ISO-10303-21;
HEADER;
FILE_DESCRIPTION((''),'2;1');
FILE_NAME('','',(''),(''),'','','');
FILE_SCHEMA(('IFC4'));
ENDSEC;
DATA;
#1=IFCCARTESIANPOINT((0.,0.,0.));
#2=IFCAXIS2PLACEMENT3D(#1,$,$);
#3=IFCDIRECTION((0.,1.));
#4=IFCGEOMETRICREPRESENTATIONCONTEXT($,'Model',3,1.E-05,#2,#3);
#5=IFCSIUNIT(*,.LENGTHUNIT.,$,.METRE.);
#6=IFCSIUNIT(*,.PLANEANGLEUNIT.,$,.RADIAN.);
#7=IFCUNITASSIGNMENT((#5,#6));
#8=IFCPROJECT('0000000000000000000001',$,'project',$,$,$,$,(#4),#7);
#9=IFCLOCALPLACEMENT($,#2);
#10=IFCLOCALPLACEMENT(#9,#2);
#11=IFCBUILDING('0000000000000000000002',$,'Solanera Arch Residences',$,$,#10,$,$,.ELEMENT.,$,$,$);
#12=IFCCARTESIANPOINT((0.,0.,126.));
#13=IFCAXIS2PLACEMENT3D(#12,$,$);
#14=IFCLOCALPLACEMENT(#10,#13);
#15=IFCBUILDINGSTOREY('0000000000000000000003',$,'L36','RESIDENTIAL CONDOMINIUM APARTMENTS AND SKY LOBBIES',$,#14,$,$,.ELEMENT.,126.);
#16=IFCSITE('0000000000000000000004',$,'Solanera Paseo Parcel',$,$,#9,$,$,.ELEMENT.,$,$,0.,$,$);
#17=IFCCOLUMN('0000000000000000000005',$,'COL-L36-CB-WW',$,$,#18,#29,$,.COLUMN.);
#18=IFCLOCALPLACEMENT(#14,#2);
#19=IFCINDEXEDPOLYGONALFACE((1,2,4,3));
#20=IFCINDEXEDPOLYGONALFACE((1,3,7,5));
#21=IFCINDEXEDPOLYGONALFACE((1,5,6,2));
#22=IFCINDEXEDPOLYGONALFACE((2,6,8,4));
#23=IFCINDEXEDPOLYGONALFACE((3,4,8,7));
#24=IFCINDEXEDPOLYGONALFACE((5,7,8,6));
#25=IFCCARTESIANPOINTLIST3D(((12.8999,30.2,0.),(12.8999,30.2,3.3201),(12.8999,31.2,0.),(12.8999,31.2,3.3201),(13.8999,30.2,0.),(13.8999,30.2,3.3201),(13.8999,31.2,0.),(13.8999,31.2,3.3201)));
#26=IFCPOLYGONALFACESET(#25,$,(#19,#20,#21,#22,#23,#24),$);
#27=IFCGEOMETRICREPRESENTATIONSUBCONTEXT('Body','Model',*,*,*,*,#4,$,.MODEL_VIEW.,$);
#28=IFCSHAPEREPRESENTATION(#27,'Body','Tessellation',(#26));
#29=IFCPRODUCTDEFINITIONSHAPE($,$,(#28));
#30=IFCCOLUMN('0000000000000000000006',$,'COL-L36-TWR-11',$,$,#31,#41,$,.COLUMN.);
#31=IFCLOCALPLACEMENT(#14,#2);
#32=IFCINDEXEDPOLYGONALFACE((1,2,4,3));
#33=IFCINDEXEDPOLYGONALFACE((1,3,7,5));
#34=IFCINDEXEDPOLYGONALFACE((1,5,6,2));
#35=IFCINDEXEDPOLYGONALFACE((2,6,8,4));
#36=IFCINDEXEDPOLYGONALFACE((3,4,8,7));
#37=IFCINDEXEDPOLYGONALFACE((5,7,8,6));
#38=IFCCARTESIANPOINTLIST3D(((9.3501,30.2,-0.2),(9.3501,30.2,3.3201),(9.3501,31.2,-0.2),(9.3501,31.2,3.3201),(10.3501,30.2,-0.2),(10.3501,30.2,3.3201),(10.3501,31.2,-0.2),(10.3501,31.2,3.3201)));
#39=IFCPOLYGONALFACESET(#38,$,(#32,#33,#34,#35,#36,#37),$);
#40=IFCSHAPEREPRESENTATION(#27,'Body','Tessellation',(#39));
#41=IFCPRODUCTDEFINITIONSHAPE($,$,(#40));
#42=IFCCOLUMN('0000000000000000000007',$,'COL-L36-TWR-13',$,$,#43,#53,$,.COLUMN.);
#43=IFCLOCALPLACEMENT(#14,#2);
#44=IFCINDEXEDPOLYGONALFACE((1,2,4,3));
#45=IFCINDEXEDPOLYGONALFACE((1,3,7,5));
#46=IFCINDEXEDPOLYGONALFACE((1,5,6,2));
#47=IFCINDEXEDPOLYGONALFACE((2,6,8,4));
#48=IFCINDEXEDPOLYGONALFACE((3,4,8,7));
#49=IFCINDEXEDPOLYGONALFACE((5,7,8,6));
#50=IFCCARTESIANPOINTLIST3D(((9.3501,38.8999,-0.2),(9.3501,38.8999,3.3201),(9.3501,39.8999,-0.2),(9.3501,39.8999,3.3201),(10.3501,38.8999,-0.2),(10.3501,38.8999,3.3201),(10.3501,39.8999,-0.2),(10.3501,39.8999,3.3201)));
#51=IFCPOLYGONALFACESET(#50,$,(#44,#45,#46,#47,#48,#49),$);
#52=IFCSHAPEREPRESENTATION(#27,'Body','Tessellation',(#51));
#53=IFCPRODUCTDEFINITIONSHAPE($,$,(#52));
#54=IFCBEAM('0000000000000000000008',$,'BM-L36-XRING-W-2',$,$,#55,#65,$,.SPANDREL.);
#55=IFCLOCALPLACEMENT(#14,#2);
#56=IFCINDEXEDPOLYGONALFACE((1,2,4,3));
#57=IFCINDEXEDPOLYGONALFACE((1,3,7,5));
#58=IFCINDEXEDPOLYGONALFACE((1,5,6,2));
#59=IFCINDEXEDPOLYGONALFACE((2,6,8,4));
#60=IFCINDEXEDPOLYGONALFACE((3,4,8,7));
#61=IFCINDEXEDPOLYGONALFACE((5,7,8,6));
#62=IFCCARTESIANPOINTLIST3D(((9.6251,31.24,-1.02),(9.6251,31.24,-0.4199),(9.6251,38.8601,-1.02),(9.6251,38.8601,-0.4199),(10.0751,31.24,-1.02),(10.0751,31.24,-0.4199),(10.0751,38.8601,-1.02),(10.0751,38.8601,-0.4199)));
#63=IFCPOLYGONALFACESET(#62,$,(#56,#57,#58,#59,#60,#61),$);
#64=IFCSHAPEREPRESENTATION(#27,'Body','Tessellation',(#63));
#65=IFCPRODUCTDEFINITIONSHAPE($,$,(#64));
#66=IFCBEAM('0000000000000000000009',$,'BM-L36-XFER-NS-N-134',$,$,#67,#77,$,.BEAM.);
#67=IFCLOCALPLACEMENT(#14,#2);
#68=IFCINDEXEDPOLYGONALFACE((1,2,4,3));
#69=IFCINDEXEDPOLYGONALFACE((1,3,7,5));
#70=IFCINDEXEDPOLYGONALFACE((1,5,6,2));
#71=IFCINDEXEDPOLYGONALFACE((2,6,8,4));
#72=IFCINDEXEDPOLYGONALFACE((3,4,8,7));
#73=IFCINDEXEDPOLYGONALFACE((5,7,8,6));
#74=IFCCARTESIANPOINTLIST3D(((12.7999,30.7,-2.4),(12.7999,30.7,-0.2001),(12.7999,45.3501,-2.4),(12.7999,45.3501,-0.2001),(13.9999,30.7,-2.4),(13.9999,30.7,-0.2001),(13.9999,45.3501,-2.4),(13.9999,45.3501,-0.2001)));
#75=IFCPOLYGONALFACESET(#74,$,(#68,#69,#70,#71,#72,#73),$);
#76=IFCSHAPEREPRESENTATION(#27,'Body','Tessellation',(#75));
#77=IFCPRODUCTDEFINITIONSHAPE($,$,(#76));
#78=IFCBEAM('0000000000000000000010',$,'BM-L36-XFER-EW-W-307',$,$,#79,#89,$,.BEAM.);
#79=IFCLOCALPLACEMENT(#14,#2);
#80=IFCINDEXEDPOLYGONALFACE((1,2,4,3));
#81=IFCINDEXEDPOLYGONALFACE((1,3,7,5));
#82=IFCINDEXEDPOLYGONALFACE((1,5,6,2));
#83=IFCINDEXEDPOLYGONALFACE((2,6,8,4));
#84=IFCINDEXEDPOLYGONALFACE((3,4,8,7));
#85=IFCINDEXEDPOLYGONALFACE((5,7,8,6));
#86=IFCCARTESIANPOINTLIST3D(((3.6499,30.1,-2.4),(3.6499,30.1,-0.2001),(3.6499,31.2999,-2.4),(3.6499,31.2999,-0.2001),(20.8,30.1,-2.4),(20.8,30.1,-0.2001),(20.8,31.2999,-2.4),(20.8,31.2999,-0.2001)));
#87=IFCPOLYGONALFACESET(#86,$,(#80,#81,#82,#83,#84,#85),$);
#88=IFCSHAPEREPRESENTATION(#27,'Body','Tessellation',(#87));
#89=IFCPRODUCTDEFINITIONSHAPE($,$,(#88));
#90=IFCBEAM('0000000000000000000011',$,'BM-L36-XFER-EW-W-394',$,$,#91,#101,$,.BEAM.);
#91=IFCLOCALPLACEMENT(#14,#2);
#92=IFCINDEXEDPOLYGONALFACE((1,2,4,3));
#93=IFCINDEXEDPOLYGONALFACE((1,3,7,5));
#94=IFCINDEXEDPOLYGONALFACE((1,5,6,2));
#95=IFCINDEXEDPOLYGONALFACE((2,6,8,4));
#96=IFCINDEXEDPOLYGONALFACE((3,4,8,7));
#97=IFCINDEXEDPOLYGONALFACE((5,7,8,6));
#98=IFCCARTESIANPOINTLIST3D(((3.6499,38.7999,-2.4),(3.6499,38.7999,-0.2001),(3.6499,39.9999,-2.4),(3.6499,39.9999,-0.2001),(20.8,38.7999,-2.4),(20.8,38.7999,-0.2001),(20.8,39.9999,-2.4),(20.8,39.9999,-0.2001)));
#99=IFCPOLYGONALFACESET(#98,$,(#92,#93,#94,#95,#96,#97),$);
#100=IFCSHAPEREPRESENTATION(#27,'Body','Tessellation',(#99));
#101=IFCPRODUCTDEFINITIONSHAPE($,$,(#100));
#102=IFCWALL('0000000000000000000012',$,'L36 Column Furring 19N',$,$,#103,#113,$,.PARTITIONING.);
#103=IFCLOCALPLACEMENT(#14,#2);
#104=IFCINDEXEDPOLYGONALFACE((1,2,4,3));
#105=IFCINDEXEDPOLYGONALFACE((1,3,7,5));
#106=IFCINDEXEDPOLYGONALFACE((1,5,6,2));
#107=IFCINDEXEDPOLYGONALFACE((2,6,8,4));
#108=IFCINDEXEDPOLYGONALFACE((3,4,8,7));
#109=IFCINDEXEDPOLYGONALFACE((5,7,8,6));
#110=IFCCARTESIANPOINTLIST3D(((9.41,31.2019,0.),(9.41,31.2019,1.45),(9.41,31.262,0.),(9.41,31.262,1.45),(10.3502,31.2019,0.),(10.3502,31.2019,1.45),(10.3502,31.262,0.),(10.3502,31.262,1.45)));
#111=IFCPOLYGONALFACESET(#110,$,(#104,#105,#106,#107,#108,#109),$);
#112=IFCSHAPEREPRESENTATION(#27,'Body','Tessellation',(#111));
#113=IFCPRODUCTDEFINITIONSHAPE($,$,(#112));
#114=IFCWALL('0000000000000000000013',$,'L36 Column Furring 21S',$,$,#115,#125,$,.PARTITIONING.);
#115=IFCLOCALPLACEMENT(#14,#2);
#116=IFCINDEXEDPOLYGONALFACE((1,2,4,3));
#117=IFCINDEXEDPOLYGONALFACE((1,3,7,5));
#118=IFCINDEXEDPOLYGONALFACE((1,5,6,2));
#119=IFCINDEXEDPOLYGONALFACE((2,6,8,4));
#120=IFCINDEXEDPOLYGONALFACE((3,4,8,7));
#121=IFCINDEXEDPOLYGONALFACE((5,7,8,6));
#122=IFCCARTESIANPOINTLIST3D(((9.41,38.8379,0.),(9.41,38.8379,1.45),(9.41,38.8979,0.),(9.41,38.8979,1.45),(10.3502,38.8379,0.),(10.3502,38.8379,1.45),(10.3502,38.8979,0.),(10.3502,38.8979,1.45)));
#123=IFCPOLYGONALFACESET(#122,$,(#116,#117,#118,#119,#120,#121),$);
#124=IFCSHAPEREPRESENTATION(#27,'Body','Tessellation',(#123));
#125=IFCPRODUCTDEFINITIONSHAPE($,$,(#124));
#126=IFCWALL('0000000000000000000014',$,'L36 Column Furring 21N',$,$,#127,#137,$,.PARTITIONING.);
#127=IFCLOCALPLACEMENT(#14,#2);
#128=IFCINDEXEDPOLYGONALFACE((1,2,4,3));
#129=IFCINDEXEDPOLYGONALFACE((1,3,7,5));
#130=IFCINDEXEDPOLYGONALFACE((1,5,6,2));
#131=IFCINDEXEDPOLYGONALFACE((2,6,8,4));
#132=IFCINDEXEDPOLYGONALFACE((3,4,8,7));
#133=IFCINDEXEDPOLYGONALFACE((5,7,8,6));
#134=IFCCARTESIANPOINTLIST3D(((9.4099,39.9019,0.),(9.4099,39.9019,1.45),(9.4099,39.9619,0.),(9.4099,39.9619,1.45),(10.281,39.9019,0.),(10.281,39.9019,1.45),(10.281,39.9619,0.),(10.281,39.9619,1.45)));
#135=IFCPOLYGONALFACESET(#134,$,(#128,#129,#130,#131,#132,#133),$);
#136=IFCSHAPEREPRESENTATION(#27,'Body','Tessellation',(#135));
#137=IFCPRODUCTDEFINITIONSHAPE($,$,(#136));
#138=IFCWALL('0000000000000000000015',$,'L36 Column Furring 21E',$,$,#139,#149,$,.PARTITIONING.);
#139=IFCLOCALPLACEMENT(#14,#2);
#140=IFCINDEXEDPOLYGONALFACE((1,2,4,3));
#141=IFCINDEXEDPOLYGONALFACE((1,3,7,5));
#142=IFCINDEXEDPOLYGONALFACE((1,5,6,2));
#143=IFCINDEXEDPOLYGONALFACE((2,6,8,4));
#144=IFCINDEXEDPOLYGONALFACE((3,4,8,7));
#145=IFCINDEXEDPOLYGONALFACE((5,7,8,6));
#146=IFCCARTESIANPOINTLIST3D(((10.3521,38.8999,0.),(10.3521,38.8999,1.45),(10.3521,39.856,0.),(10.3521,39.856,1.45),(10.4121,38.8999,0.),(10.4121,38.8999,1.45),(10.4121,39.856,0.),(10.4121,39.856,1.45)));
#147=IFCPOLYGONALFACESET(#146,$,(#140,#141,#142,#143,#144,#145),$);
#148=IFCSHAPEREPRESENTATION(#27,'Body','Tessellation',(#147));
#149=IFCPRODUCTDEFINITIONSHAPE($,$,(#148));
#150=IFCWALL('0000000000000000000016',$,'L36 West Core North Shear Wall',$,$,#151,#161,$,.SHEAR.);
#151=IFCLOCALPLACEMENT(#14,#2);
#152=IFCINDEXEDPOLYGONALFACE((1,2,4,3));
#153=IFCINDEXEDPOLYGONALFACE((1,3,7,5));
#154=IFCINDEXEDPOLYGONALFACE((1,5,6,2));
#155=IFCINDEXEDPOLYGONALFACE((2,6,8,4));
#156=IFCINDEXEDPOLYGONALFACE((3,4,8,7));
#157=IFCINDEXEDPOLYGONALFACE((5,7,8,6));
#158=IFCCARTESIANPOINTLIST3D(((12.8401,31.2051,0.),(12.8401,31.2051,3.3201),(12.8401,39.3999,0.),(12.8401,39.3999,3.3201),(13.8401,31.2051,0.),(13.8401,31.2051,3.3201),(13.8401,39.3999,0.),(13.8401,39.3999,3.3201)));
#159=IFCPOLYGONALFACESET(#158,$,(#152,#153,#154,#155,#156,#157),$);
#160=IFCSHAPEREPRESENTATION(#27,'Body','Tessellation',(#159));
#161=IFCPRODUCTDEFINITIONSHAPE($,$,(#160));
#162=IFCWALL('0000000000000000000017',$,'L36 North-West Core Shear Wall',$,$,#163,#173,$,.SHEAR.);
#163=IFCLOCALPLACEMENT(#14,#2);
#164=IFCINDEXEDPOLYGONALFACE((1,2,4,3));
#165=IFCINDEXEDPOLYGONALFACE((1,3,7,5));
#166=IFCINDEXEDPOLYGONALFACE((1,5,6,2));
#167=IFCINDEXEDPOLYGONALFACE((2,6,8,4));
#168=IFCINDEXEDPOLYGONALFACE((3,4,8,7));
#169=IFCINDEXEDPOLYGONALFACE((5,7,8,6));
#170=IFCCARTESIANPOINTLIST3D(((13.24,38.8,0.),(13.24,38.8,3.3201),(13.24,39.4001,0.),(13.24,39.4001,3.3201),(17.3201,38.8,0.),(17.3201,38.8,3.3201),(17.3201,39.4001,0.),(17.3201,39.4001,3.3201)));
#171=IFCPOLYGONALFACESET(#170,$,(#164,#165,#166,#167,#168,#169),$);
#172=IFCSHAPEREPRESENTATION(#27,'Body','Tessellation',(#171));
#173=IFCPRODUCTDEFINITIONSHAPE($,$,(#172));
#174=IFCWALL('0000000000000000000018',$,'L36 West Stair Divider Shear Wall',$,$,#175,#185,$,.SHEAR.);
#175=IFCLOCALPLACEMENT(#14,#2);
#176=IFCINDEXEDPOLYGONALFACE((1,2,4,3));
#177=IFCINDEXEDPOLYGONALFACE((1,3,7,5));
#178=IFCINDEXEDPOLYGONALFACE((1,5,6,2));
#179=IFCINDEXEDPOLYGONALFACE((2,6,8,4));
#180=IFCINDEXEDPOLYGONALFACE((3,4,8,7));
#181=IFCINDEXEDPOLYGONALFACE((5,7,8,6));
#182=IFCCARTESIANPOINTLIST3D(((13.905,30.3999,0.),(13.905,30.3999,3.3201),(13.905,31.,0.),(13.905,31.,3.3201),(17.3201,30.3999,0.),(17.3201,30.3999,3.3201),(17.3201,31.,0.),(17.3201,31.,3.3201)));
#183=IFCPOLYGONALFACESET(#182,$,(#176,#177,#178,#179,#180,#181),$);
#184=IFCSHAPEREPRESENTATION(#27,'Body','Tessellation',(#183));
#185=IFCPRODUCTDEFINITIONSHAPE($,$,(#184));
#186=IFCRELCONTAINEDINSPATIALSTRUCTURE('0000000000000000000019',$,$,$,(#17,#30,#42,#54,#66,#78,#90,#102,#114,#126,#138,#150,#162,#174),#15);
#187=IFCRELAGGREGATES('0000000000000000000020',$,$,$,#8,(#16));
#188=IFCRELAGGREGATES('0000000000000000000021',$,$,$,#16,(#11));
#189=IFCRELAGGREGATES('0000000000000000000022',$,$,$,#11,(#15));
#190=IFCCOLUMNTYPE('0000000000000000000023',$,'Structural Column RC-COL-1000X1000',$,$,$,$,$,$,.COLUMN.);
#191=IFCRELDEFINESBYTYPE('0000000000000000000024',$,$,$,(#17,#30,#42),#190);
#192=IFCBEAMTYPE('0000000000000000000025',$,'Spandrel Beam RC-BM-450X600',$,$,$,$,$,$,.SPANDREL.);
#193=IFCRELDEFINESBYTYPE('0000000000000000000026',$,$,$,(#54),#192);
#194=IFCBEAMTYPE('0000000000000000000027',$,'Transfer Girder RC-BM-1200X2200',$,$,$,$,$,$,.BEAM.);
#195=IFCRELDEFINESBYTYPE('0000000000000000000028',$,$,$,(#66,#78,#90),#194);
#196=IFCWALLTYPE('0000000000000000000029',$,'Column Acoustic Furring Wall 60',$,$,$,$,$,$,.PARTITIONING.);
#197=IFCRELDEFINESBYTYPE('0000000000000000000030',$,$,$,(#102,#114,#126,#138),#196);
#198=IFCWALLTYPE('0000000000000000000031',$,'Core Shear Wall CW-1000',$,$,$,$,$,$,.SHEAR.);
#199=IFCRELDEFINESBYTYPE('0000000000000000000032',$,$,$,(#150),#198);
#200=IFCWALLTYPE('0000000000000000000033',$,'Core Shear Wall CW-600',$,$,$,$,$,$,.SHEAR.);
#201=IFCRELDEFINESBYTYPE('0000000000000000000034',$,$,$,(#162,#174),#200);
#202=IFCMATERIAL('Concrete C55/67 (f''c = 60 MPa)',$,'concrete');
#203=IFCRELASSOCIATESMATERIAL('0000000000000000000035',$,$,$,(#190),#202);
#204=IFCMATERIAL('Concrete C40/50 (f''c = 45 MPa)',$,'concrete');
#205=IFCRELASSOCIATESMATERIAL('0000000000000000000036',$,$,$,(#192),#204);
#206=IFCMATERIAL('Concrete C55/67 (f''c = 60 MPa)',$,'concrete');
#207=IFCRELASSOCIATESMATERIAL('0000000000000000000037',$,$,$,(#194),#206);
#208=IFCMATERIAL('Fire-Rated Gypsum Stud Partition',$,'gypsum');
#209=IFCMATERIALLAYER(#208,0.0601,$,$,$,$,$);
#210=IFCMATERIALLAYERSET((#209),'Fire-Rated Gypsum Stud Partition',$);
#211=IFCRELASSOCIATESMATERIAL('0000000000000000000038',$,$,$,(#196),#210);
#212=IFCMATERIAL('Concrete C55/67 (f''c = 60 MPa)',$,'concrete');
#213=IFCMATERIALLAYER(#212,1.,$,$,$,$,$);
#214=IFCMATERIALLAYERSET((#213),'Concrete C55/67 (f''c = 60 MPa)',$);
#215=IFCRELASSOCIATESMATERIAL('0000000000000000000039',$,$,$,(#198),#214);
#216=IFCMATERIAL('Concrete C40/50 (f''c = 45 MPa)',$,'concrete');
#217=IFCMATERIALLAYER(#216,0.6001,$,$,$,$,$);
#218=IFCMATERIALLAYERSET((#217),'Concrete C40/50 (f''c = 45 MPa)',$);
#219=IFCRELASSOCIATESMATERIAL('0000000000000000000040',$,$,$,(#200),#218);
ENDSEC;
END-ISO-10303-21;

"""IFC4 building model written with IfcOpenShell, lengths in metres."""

from ifc_helpers import new_model, si_unit, direction, frame, frame_2d, origin, origin_2d, place, context, subcontext, project, spatial, rectangle, extrude, material, layer, layer_set, material_profile, profile_set, type_object, element, save


model = new_model("IFC4")

# Units and contexts
model_context = context("Model", 3, precision=1e-05, world=origin(), true_north=direction((0.0, 1.0)))
body_context = subcontext(model_context, "Body", "Model", "MODEL_VIEW")
ifc_project = project(units=[si_unit("LENGTHUNIT", "METRE"), si_unit("PLANEANGLEUNIT", "RADIAN")], contexts=[model_context])

# Site, building, storey
site_placement = place(None, origin())
site = spatial("IfcSite", under=ifc_project, at=site_placement, Name="Solanera Paseo Parcel", CompositionType="ELEMENT", RefElevation=0.0)
building_placement = place(site_placement, origin())
building = spatial("IfcBuilding", under=site, at=building_placement, Name="Solanera Arch Residences", CompositionType="ELEMENT")
storey_placement = place(building_placement, frame((0.0, 0.0, 126.0)))
storey = spatial("IfcBuildingStorey", under=building, at=storey_placement, Name="L36", Description="RESIDENTIAL CONDOMINIUM APARTMENTS AND SKY LOBBIES", CompositionType="ELEMENT", Elevation=126.0)

# Columns
ifc_material_1 = material(Name="Concrete C55/67 (f'c = 60 MPa)", Category="concrete")
ifc_material_profile_1 = material_profile(ifc_material_1, rectangle(XDim=1.0, YDim=1.0, at=origin_2d()))
ifc_profile_set_1 = profile_set([ifc_material_profile_1], Name="Concrete C55/67 (f'c = 60 MPa)")
column_type = type_object("IfcColumnType", Name="Structural Column RC-COL-1000X1000", PredefinedType="COLUMN", material=ifc_profile_set_1)
column_placement = place(storey_placement, frame((13.3999, 30.7, 0.0), z_axis=(0.0, 0.0, 1.0), x_axis=(1.0, 0.0, 0.0)))
element("IfcColumn", 1, at=column_placement, inside=storey, type_object=column_type, Name="COL-L36-CB-WW", PredefinedType="COLUMN", context=body_context, shape_type="SweptSolid", body=[
    extrude(rectangle(XDim=1.0, YDim=1.0, at=origin_2d()), origin(), (0.0, 0.0, 1.0), 3.3201),
])
for number, where, z_axis, x_axis, name in (
    (2, (9.8501, 30.7, -0.2), (0.0, 0.0, 1.0), (1.0, 0.0, 0.0), "COL-L36-TWR-11"),
    (3, (9.8501, 39.3999, -0.2), (0.0, 0.0, 1.0), (1.0, 0.0, 0.0), "COL-L36-TWR-13"),
):
    element("IfcColumn", number, at=place(storey_placement, frame(where, z_axis=z_axis, x_axis=x_axis)), inside=storey, type_object=column_type, Name=name, PredefinedType="COLUMN", context=body_context, shape_type="SweptSolid", body=[
        extrude(rectangle(XDim=1.0, YDim=1.0, at=origin_2d()), origin(), (0.0, 0.0, 1.0), 3.52),
    ])

# Beams
ifc_material_2 = material(Name="Concrete C40/50 (f'c = 45 MPa)", Category="concrete")
ifc_material_profile_2 = material_profile(ifc_material_2, rectangle(XDim=0.45, YDim=0.6001, at=origin_2d()))
ifc_profile_set_2 = profile_set([ifc_material_profile_2], Name="Concrete C40/50 (f'c = 45 MPa)")
beam_type_1 = type_object("IfcBeamType", Name="Spandrel Beam RC-BM-450X600", PredefinedType="SPANDREL", material=ifc_profile_set_2)
beam_1_placement = place(storey_placement, frame((9.8501, 31.24, -0.72), z_axis=(0.0, 1.0, 0.0), x_axis=(-1.0, 0.0, 0.0)))
element("IfcBeam", 4, at=beam_1_placement, inside=storey, type_object=beam_type_1, Name="BM-L36-XRING-W-2", PredefinedType="SPANDREL", context=body_context, shape_type="SweptSolid", body=[
    extrude(rectangle(XDim=0.45, YDim=0.6001, at=origin_2d()), origin(), (0.0, 0.0, 1.0), 7.6201),
])
ifc_material_3 = material(Name="Concrete C55/67 (f'c = 60 MPa)", Category="concrete")
ifc_material_profile_3 = material_profile(ifc_material_3, rectangle(XDim=1.2, YDim=2.2, at=origin_2d()))
ifc_profile_set_3 = profile_set([ifc_material_profile_3], Name="Concrete C55/67 (f'c = 60 MPa)")
beam_type_2 = type_object("IfcBeamType", Name="Transfer Girder RC-BM-1200X2200", PredefinedType="BEAM", material=ifc_profile_set_3)
beam_2_placement = place(storey_placement, frame((13.3999, 30.7, -1.3), z_axis=(0.0, 1.0, 0.0), x_axis=(-1.0, 0.0, 0.0)))
element("IfcBeam", 5, at=beam_2_placement, inside=storey, type_object=beam_type_2, Name="BM-L36-XFER-NS-N-134", PredefinedType="BEAM", context=body_context, shape_type="SweptSolid", body=[
    extrude(rectangle(XDim=1.2, YDim=2.2, at=origin_2d()), origin(), (0.0, 0.0, 1.0), 14.6501),
])
for number, where, z_axis, x_axis, name in (
    (6, (3.6499, 30.7, -1.3), (1.0, 0.0, 0.0), (0.0, 1.0, 0.0), "BM-L36-XFER-EW-W-307"),
    (7, (3.6499, 39.3999, -1.3), (1.0, 0.0, 0.0), (0.0, 1.0, 0.0), "BM-L36-XFER-EW-W-394"),
):
    element("IfcBeam", number, at=place(storey_placement, frame(where, z_axis=z_axis, x_axis=x_axis)), inside=storey, type_object=beam_type_2, Name=name, PredefinedType="BEAM", context=body_context, shape_type="SweptSolid", body=[
        extrude(rectangle(XDim=1.2, YDim=2.2, at=origin_2d()), origin(), (0.0, 0.0, 1.0), 17.1501),
    ])

# Walls
ifc_material_4 = material(Name="Fire-Rated Gypsum Stud Partition", Category="gypsum")
ifc_layer_1 = layer(ifc_material_4, 0.0601)
ifc_layer_set_1 = layer_set([ifc_layer_1], Name="Fire-Rated Gypsum Stud Partition")
wall_type_1 = type_object("IfcWallType", Name="Column Acoustic Furring Wall 60", PredefinedType="PARTITIONING", material=ifc_layer_set_1)
for number, where, z_axis, x_axis, name in (
    (8, (9.4099, 31.2319, 0.0), (0.0, 0.0, 1.0), (1.0, 0.0, 0.0), "L36 Column Furring 19N"),
    (9, (9.4099, 38.8679, 0.0), (0.0, 0.0, 1.0), (1.0, 0.0, 0.0), "L36 Column Furring 21S"),
):
    element("IfcWall", number, at=place(storey_placement, frame(where, z_axis=z_axis, x_axis=x_axis)), inside=storey, type_object=wall_type_1, Name=name, PredefinedType="PARTITIONING", context=body_context, shape_type="SweptSolid", body=[
        extrude(rectangle(XDim=0.9402, YDim=0.0601, at=frame_2d((0.4702, 0.0))), origin(), (0.0, 0.0, 1.0), 1.45),
    ])
wall_1_placement = place(storey_placement, frame((9.4099, 39.9319, 0.0), z_axis=(0.0, 0.0, 1.0), x_axis=(1.0, 0.0, 0.0)))
element("IfcWall", 10, at=wall_1_placement, inside=storey, type_object=wall_type_1, Name="L36 Column Furring 21N", PredefinedType="PARTITIONING", context=body_context, shape_type="SweptSolid", body=[
    extrude(rectangle(XDim=0.8711, YDim=0.0601, at=frame_2d((0.4355, 0.0))), origin(), (0.0, 0.0, 1.0), 1.45),
])
wall_2_placement = place(storey_placement, frame((10.3821, 38.8999, 0.0), z_axis=(0.0, 0.0, 1.0), x_axis=(0.0, 1.0, 0.0)))
element("IfcWall", 11, at=wall_2_placement, inside=storey, type_object=wall_type_1, Name="L36 Column Furring 21E", PredefinedType="PARTITIONING", context=body_context, shape_type="SweptSolid", body=[
    extrude(rectangle(XDim=0.9561, YDim=0.0601, at=frame_2d((0.478, 0.0))), origin(), (0.0, 0.0, 1.0), 1.45),
])
ifc_material_5 = material(Name="Concrete C55/67 (f'c = 60 MPa)", Category="concrete")
ifc_layer_2 = layer(ifc_material_5, 1.0)
ifc_layer_set_2 = layer_set([ifc_layer_2], Name="Concrete C55/67 (f'c = 60 MPa)")
wall_type_2 = type_object("IfcWallType", Name="Core Shear Wall CW-1000", PredefinedType="SHEAR", material=ifc_layer_set_2)
wall_3_placement = place(storey_placement, frame((13.3401, 31.2051, 0.0), z_axis=(0.0, 0.0, 1.0), x_axis=(0.0, 1.0, 0.0)))
element("IfcWall", 12, at=wall_3_placement, inside=storey, type_object=wall_type_2, Name="L36 West Core North Shear Wall", PredefinedType="SHEAR", context=body_context, shape_type="SweptSolid", body=[
    extrude(rectangle(XDim=8.1948, YDim=1.0, at=frame_2d((4.0974, 0.0))), origin(), (0.0, 0.0, 1.0), 3.3201),
])
ifc_material_6 = material(Name="Concrete C40/50 (f'c = 45 MPa)", Category="concrete")
ifc_layer_3 = layer(ifc_material_6, 0.6001)
ifc_layer_set_3 = layer_set([ifc_layer_3], Name="Concrete C40/50 (f'c = 45 MPa)")
wall_type_3 = type_object("IfcWallType", Name="Core Shear Wall CW-600", PredefinedType="SHEAR", material=ifc_layer_set_3)
wall_4_placement = place(storey_placement, frame((13.24, 39.1001, 0.0), z_axis=(0.0, 0.0, 1.0), x_axis=(1.0, 0.0, 0.0)))
element("IfcWall", 13, at=wall_4_placement, inside=storey, type_object=wall_type_3, Name="L36 North-West Core Shear Wall", PredefinedType="SHEAR", context=body_context, shape_type="SweptSolid", body=[
    extrude(rectangle(XDim=4.0801, YDim=0.6001, at=frame_2d((2.04, 0.0))), origin(), (0.0, 0.0, 1.0), 3.3201),
])
wall_5_placement = place(storey_placement, frame((13.905, 30.7, 0.0), z_axis=(0.0, 0.0, 1.0), x_axis=(1.0, 0.0, 0.0)))
element("IfcWall", 14, at=wall_5_placement, inside=storey, type_object=wall_type_3, Name="L36 West Stair Divider Shear Wall", PredefinedType="SHEAR", context=body_context, shape_type="SweptSolid", body=[
    extrude(rectangle(XDim=3.415, YDim=0.6001, at=frame_2d((1.7075, 0.0))), origin(), (0.0, 0.0, 1.0), 3.3201),
])

save(model, "model.ifc")
